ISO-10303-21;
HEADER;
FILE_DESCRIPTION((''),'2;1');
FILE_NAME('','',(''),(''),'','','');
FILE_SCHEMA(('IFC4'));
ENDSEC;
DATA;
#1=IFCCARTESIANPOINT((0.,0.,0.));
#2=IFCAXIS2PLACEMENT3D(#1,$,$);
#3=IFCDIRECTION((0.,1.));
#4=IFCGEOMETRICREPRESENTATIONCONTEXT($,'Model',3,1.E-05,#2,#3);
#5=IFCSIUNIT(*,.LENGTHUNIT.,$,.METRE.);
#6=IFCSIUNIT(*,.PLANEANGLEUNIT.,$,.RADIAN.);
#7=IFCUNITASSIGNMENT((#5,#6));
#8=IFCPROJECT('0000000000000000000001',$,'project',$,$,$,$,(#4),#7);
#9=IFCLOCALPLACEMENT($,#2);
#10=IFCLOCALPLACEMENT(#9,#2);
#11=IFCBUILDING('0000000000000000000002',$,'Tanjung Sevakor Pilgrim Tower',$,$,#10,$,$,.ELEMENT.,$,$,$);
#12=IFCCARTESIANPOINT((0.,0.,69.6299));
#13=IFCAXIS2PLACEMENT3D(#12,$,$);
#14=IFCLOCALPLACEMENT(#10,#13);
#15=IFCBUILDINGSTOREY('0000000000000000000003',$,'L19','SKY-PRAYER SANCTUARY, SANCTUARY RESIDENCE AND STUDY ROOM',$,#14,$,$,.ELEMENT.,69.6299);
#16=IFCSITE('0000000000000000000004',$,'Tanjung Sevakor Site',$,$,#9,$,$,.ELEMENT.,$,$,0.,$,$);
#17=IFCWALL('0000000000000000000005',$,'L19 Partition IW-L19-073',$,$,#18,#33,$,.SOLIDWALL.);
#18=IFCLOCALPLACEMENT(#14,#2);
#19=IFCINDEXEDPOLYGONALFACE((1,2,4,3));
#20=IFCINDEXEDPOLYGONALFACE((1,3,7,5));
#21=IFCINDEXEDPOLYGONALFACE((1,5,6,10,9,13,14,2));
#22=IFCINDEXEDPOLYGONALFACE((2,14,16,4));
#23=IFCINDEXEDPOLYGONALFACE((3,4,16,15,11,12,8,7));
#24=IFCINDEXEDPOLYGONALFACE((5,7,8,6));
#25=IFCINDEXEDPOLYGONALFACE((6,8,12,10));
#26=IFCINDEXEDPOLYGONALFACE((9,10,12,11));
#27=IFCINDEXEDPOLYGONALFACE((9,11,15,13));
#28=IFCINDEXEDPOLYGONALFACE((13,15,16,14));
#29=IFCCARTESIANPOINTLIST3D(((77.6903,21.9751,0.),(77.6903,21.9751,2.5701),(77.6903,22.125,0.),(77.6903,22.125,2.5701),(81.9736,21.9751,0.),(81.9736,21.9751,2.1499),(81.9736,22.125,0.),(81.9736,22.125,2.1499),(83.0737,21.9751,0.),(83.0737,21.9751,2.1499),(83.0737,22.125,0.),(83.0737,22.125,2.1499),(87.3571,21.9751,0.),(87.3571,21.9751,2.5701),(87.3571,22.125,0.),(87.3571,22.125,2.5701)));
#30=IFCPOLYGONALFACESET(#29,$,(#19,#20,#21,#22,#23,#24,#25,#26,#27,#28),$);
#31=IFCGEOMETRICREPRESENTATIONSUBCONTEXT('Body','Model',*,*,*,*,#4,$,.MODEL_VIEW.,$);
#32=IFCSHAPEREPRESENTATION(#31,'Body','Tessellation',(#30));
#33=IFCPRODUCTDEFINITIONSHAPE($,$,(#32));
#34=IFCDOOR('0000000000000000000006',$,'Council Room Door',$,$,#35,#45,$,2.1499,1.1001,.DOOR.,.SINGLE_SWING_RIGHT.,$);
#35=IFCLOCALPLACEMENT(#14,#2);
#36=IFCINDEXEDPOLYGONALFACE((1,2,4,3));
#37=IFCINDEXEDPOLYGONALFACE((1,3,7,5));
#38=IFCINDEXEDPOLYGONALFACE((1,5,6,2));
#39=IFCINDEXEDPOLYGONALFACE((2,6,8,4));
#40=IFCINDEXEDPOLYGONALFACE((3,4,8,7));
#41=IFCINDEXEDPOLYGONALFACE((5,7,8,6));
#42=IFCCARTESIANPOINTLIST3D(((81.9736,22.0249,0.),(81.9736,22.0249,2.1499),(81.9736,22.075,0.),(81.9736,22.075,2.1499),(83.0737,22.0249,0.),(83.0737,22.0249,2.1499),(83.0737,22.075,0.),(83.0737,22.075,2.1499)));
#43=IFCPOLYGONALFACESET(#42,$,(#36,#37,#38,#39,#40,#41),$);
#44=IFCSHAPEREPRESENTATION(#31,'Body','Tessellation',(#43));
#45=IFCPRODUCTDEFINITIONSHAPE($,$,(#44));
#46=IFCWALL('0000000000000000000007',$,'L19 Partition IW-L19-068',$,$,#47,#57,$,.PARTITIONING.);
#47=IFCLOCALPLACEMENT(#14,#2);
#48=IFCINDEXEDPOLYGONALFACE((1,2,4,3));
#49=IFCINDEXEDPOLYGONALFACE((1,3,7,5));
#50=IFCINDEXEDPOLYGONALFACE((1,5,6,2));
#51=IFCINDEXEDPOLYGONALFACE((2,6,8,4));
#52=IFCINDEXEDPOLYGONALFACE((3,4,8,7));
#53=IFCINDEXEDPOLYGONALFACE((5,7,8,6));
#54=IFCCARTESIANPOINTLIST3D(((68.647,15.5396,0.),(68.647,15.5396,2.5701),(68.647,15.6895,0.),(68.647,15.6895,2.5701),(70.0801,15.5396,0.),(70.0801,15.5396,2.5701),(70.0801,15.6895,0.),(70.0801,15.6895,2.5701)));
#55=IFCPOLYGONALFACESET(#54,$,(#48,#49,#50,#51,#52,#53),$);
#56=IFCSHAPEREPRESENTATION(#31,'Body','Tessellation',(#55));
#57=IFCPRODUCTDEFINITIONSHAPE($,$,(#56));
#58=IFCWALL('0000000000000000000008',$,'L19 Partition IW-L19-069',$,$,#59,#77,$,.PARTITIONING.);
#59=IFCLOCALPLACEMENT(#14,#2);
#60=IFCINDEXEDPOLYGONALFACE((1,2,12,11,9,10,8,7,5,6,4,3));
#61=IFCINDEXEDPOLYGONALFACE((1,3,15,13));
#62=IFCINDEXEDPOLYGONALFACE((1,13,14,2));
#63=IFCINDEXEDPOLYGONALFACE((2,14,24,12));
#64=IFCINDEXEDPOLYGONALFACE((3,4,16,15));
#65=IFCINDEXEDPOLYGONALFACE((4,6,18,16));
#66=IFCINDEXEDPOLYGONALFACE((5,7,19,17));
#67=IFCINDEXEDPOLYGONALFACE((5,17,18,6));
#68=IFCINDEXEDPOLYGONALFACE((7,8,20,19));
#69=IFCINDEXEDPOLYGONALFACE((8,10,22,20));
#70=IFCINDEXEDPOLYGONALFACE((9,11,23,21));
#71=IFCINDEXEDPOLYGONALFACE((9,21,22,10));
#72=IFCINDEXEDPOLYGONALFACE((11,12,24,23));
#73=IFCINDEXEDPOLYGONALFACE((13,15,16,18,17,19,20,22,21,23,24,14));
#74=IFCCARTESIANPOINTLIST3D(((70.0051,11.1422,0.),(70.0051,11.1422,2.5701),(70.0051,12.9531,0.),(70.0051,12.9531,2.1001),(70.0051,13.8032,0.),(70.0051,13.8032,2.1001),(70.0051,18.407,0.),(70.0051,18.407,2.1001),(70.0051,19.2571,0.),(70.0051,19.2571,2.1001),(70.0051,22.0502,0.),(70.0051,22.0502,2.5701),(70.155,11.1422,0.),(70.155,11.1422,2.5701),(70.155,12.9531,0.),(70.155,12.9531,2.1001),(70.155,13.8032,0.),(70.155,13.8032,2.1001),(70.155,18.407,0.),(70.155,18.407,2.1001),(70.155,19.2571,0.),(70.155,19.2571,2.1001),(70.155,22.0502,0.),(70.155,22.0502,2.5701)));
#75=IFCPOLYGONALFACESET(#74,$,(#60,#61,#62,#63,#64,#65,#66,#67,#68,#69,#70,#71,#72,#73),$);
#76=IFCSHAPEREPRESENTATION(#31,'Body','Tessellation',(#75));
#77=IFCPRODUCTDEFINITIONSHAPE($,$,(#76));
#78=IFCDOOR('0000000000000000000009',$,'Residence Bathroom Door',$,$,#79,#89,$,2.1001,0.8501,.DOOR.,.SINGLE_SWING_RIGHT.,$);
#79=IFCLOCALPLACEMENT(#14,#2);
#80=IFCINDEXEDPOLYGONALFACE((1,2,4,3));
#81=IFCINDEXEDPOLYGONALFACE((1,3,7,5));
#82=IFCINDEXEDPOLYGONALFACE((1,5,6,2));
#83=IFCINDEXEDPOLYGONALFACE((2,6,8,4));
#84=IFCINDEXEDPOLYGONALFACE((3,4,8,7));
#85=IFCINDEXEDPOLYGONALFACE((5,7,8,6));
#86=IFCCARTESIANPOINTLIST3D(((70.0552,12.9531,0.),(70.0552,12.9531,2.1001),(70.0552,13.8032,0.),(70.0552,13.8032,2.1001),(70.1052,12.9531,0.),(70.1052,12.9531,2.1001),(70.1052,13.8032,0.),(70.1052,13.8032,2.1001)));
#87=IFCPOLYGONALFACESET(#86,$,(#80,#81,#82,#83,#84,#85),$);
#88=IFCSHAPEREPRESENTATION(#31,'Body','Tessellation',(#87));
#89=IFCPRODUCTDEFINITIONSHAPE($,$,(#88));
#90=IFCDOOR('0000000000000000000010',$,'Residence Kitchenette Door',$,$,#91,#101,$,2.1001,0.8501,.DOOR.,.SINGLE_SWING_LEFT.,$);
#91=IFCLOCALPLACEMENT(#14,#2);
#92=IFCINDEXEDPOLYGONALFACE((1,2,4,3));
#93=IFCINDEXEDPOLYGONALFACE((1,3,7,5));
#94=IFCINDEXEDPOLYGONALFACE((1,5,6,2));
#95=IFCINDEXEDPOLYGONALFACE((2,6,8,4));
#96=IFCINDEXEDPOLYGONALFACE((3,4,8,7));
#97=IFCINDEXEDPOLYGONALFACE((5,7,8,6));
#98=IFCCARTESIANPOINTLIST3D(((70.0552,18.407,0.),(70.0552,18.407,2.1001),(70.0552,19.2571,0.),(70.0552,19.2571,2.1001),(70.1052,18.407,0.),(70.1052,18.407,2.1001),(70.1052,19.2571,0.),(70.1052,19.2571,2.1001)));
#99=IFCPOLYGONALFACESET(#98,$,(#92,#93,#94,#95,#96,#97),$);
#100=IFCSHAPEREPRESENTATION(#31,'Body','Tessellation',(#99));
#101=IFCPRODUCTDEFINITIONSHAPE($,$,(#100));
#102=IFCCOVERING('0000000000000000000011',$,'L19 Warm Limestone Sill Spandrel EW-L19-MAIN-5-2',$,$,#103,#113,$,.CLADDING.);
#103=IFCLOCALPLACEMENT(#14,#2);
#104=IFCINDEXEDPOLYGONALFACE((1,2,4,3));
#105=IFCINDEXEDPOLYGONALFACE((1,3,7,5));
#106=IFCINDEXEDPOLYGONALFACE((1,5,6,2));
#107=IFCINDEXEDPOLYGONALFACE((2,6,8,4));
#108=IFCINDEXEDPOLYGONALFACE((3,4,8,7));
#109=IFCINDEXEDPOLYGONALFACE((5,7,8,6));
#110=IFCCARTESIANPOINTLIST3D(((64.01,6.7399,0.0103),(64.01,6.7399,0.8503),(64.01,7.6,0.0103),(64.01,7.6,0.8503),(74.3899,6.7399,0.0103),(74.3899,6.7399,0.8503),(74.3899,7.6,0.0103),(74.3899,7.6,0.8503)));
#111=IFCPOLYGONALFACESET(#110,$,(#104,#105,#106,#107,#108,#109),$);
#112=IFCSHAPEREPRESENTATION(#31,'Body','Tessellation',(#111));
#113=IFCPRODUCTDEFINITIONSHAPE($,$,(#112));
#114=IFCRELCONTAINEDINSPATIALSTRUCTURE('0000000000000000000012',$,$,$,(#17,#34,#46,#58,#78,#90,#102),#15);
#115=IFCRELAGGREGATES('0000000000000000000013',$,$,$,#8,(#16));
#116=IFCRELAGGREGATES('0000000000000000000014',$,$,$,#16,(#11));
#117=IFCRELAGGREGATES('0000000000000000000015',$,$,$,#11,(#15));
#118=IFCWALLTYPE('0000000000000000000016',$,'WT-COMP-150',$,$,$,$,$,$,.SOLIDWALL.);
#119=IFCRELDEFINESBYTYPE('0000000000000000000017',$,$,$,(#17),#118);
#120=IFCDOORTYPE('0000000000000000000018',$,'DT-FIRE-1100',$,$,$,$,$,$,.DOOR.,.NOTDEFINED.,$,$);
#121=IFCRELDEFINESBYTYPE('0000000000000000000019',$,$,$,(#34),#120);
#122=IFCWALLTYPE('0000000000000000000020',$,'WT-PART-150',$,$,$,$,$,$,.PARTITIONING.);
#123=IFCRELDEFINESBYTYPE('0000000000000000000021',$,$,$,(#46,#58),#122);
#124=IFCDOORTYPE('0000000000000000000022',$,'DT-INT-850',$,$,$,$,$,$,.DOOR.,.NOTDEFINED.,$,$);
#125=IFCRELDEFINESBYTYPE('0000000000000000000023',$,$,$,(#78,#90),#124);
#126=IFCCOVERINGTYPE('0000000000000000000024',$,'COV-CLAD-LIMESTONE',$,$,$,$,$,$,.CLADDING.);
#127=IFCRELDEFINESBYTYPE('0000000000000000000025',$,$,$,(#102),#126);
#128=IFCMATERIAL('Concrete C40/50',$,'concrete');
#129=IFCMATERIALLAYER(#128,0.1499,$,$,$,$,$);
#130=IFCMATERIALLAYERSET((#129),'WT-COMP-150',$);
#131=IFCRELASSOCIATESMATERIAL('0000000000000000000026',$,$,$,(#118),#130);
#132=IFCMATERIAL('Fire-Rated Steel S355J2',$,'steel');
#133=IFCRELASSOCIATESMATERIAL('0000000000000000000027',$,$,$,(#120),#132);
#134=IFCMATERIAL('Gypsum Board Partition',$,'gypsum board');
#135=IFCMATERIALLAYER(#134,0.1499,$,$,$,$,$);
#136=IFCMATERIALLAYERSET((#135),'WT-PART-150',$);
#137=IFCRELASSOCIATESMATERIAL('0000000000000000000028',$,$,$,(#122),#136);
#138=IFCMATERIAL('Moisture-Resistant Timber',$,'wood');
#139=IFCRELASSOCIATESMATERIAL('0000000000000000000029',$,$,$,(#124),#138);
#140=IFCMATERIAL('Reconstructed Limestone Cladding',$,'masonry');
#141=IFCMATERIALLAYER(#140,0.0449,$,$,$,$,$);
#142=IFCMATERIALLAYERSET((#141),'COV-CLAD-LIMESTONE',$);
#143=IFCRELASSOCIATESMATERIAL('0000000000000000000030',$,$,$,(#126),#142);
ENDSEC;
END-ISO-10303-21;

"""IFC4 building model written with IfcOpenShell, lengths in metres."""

from ifc_helpers import new_model, si_unit, direction, frame, frame_2d, origin, origin_2d, place, context, subcontext, project, spatial, rectangle, extrude, material, layer, layer_set, type_object, element, fill, save


model = new_model("IFC4")

# Units and contexts
model_context = context("Model", 3, precision=1e-05, world=origin(), true_north=direction((0.0, 1.0)))
body_context = subcontext(model_context, "Body", "Model", "MODEL_VIEW")
ifc_project = project(units=[si_unit("LENGTHUNIT", "METRE"), si_unit("PLANEANGLEUNIT", "RADIAN")], contexts=[model_context])

# Site, building, storey
site_placement = place(None, origin())
site = spatial("IfcSite", under=ifc_project, at=site_placement, Name="Tanjung Sevakor Site", CompositionType="ELEMENT", RefElevation=0.0)
building_placement = place(site_placement, origin())
building = spatial("IfcBuilding", under=site, at=building_placement, Name="Tanjung Sevakor Pilgrim Tower", CompositionType="ELEMENT")
storey_placement = place(building_placement, frame((0.0, 0.0, 69.6299)))
storey = spatial("IfcBuildingStorey", under=building, at=storey_placement, Name="L19", Description="SKY-PRAYER SANCTUARY, SANCTUARY RESIDENCE AND STUDY ROOM", CompositionType="ELEMENT", Elevation=69.6299)

# Shared definitions
ifc_material_1 = material(Name="Concrete C40/50", Category="concrete")
ifc_layer_1 = layer(ifc_material_1, 0.1499)
ifc_layer_set_1 = layer_set([ifc_layer_1], Name="WT-COMP-150")
wall_type_1 = type_object("IfcWallType", Name="WT-COMP-150", PredefinedType="SOLIDWALL", material=ifc_layer_set_1)

# Wall, opening, door
wall_1_placement = place(storey_placement, frame((77.6902, 22.05, 0.0), z_axis=(0.0, 0.0, 1.0), x_axis=(1.0, 0.0, 0.0)))
wall_1 = element("IfcWall", 1, at=wall_1_placement, inside=storey, type_object=wall_type_1, Name="L19 Partition IW-L19-073", PredefinedType="SOLIDWALL", context=body_context, shape_type="SweptSolid", body=[
    extrude(rectangle(XDim=9.6667, YDim=0.1499, at=frame_2d((4.8335, 0.0))), origin(), (0.0, 0.0, 1.0), 2.5701),
])
opening_1_placement = place(wall_1_placement, frame((4.2834, 0.0, 0.0)))
opening_1 = element("IfcOpeningElement", 2, at=opening_1_placement, cuts=wall_1, PredefinedType="OPENING", context=body_context, shape_type="SweptSolid", body=[
    extrude(rectangle(XDim=1.1001, YDim=2.1499, at=frame_2d((0.55, 1.075))), frame((0.0, 0.085, 0.0), z_axis=(0.0, -1.0, 0.0), x_axis=(1.0, 0.0, 0.0)), (0.0, 0.0, 1.0), 0.1699),
])
ifc_material_2 = material(Name="Fire-Rated Steel S355J2", Category="steel")
door_type_1 = type_object("IfcDoorType", Name="DT-FIRE-1100", OperationType="NOTDEFINED", PredefinedType="DOOR", material=ifc_material_2)
door_1_placement = place(opening_1_placement, origin())
door_1 = element("IfcDoor", 3, at=door_1_placement, inside=storey, type_object=door_type_1, Name="Council Room Door", OperationType="SINGLE_SWING_RIGHT", OverallHeight=2.1499, OverallWidth=1.1001, PredefinedType="DOOR", context=body_context, shape_type="SweptSolid", body=[
    extrude(rectangle(XDim=1.1001, YDim=2.1499, at=frame_2d((0.55, 1.075))), frame((0.0, 0.0249, 0.0), z_axis=(0.0, -1.0, 0.0), x_axis=(1.0, 0.0, 0.0)), (0.0, 0.0, 1.0), 0.05),
])
fill(opening_1, door_1)

# Wall
ifc_material_3 = material(Name="Gypsum Board Partition", Category="gypsum board")
ifc_layer_2 = layer(ifc_material_3, 0.1499)
ifc_layer_set_2 = layer_set([ifc_layer_2], Name="WT-PART-150")
wall_type_2 = type_object("IfcWallType", Name="WT-PART-150", PredefinedType="PARTITIONING", material=ifc_layer_set_2)
wall_2_placement = place(storey_placement, frame((68.647, 15.6145, 0.0), z_axis=(0.0, 0.0, 1.0), x_axis=(1.0, 0.0, 0.0)))
element("IfcWall", 4, at=wall_2_placement, inside=storey, type_object=wall_type_2, Name="L19 Partition IW-L19-068", PredefinedType="PARTITIONING", context=body_context, shape_type="SweptSolid", body=[
    extrude(rectangle(XDim=1.4331, YDim=0.1499, at=frame_2d((0.7166, 0.0))), origin(), (0.0, 0.0, 1.0), 2.5701),
])

# Wall, openings, doors
wall_3_placement = place(storey_placement, frame((70.0801, 11.1421, 0.0), z_axis=(0.0, 0.0, 1.0), x_axis=(0.0, 1.0, 0.0)))
wall_3 = element("IfcWall", 5, at=wall_3_placement, inside=storey, type_object=wall_type_2, Name="L19 Partition IW-L19-069", PredefinedType="PARTITIONING", context=body_context, shape_type="SweptSolid", body=[
    extrude(rectangle(XDim=10.908, YDim=0.1499, at=frame_2d((5.4541, 0.0))), origin(), (0.0, 0.0, 1.0), 2.5701),
])
opening_2_placement = place(wall_3_placement, frame((1.811, 0.0, 0.0)))
opening_2 = element("IfcOpeningElement", 6, at=opening_2_placement, cuts=wall_3, PredefinedType="OPENING", context=body_context, shape_type="SweptSolid", body=[
    extrude(rectangle(XDim=0.8501, YDim=2.1001, at=frame_2d((0.425, 1.05))), frame((0.0, 0.085, 0.0), z_axis=(0.0, -1.0, 0.0), x_axis=(1.0, 0.0, 0.0)), (0.0, 0.0, 1.0), 0.1699),
])
opening_3_placement = place(wall_3_placement, frame((7.2649, 0.0, 0.0)))
opening_3 = element("IfcOpeningElement", 7, at=opening_3_placement, cuts=wall_3, PredefinedType="OPENING", context=body_context, shape_type="SweptSolid", body=[
    extrude(rectangle(XDim=0.8501, YDim=2.1001, at=frame_2d((0.425, 1.05))), frame((0.0, 0.085, 0.0), z_axis=(0.0, -1.0, 0.0), x_axis=(1.0, 0.0, 0.0)), (0.0, 0.0, 1.0), 0.1699),
])
ifc_material_4 = material(Name="Moisture-Resistant Timber", Category="wood")
door_type_2 = type_object("IfcDoorType", Name="DT-INT-850", OperationType="NOTDEFINED", PredefinedType="DOOR", material=ifc_material_4)
door_2_placement = place(opening_2_placement, origin())
door_2 = element("IfcDoor", 8, at=door_2_placement, inside=storey, type_object=door_type_2, Name="Residence Bathroom Door", OperationType="SINGLE_SWING_RIGHT", OverallHeight=2.1001, OverallWidth=0.8501, PredefinedType="DOOR", context=body_context, shape_type="SweptSolid", body=[
    extrude(rectangle(XDim=0.8501, YDim=2.1001, at=frame_2d((0.425, 1.05))), frame((0.0, 0.0249, 0.0), z_axis=(0.0, -1.0, 0.0), x_axis=(1.0, 0.0, 0.0)), (0.0, 0.0, 1.0), 0.05),
])
fill(opening_2, door_2)
door_3_placement = place(opening_3_placement, origin())
door_3 = element("IfcDoor", 9, at=door_3_placement, inside=storey, type_object=door_type_2, Name="Residence Kitchenette Door", OperationType="SINGLE_SWING_LEFT", OverallHeight=2.1001, OverallWidth=0.8501, PredefinedType="DOOR", context=body_context, shape_type="SweptSolid", body=[
    extrude(rectangle(XDim=0.8501, YDim=2.1001, at=frame_2d((0.425, 1.05))), frame((0.0, 0.0249, 0.0), z_axis=(0.0, -1.0, 0.0), x_axis=(1.0, 0.0, 0.0)), (0.0, 0.0, 1.0), 0.05),
])
fill(opening_3, door_3)

# Covering
ifc_material_5 = material(Name="Reconstructed Limestone Cladding", Category="masonry")
ifc_layer_3 = layer(ifc_material_5, 0.0449)
ifc_layer_set_3 = layer_set([ifc_layer_3], Name="COV-CLAD-LIMESTONE")
covering_type = type_object("IfcCoveringType", Name="COV-CLAD-LIMESTONE", PredefinedType="CLADDING", material=ifc_layer_set_3)
covering_placement = place(storey_placement, frame((69.2, 7.1699, 0.0103), z_axis=(0.0, 0.0, 1.0), x_axis=(1.0, 0.0, 0.0)))
element("IfcCovering", 10, at=covering_placement, inside=storey, type_object=covering_type, Name="L19 Warm Limestone Sill Spandrel EW-L19-MAIN-5-2", PredefinedType="CLADDING", context=body_context, shape_type="SweptSolid", body=[
    extrude(rectangle(XDim=10.3799, YDim=0.8601, at=origin_2d()), origin(), (0.0, 0.0, 1.0), 0.8401),
])

save(model, "model.ifc")
